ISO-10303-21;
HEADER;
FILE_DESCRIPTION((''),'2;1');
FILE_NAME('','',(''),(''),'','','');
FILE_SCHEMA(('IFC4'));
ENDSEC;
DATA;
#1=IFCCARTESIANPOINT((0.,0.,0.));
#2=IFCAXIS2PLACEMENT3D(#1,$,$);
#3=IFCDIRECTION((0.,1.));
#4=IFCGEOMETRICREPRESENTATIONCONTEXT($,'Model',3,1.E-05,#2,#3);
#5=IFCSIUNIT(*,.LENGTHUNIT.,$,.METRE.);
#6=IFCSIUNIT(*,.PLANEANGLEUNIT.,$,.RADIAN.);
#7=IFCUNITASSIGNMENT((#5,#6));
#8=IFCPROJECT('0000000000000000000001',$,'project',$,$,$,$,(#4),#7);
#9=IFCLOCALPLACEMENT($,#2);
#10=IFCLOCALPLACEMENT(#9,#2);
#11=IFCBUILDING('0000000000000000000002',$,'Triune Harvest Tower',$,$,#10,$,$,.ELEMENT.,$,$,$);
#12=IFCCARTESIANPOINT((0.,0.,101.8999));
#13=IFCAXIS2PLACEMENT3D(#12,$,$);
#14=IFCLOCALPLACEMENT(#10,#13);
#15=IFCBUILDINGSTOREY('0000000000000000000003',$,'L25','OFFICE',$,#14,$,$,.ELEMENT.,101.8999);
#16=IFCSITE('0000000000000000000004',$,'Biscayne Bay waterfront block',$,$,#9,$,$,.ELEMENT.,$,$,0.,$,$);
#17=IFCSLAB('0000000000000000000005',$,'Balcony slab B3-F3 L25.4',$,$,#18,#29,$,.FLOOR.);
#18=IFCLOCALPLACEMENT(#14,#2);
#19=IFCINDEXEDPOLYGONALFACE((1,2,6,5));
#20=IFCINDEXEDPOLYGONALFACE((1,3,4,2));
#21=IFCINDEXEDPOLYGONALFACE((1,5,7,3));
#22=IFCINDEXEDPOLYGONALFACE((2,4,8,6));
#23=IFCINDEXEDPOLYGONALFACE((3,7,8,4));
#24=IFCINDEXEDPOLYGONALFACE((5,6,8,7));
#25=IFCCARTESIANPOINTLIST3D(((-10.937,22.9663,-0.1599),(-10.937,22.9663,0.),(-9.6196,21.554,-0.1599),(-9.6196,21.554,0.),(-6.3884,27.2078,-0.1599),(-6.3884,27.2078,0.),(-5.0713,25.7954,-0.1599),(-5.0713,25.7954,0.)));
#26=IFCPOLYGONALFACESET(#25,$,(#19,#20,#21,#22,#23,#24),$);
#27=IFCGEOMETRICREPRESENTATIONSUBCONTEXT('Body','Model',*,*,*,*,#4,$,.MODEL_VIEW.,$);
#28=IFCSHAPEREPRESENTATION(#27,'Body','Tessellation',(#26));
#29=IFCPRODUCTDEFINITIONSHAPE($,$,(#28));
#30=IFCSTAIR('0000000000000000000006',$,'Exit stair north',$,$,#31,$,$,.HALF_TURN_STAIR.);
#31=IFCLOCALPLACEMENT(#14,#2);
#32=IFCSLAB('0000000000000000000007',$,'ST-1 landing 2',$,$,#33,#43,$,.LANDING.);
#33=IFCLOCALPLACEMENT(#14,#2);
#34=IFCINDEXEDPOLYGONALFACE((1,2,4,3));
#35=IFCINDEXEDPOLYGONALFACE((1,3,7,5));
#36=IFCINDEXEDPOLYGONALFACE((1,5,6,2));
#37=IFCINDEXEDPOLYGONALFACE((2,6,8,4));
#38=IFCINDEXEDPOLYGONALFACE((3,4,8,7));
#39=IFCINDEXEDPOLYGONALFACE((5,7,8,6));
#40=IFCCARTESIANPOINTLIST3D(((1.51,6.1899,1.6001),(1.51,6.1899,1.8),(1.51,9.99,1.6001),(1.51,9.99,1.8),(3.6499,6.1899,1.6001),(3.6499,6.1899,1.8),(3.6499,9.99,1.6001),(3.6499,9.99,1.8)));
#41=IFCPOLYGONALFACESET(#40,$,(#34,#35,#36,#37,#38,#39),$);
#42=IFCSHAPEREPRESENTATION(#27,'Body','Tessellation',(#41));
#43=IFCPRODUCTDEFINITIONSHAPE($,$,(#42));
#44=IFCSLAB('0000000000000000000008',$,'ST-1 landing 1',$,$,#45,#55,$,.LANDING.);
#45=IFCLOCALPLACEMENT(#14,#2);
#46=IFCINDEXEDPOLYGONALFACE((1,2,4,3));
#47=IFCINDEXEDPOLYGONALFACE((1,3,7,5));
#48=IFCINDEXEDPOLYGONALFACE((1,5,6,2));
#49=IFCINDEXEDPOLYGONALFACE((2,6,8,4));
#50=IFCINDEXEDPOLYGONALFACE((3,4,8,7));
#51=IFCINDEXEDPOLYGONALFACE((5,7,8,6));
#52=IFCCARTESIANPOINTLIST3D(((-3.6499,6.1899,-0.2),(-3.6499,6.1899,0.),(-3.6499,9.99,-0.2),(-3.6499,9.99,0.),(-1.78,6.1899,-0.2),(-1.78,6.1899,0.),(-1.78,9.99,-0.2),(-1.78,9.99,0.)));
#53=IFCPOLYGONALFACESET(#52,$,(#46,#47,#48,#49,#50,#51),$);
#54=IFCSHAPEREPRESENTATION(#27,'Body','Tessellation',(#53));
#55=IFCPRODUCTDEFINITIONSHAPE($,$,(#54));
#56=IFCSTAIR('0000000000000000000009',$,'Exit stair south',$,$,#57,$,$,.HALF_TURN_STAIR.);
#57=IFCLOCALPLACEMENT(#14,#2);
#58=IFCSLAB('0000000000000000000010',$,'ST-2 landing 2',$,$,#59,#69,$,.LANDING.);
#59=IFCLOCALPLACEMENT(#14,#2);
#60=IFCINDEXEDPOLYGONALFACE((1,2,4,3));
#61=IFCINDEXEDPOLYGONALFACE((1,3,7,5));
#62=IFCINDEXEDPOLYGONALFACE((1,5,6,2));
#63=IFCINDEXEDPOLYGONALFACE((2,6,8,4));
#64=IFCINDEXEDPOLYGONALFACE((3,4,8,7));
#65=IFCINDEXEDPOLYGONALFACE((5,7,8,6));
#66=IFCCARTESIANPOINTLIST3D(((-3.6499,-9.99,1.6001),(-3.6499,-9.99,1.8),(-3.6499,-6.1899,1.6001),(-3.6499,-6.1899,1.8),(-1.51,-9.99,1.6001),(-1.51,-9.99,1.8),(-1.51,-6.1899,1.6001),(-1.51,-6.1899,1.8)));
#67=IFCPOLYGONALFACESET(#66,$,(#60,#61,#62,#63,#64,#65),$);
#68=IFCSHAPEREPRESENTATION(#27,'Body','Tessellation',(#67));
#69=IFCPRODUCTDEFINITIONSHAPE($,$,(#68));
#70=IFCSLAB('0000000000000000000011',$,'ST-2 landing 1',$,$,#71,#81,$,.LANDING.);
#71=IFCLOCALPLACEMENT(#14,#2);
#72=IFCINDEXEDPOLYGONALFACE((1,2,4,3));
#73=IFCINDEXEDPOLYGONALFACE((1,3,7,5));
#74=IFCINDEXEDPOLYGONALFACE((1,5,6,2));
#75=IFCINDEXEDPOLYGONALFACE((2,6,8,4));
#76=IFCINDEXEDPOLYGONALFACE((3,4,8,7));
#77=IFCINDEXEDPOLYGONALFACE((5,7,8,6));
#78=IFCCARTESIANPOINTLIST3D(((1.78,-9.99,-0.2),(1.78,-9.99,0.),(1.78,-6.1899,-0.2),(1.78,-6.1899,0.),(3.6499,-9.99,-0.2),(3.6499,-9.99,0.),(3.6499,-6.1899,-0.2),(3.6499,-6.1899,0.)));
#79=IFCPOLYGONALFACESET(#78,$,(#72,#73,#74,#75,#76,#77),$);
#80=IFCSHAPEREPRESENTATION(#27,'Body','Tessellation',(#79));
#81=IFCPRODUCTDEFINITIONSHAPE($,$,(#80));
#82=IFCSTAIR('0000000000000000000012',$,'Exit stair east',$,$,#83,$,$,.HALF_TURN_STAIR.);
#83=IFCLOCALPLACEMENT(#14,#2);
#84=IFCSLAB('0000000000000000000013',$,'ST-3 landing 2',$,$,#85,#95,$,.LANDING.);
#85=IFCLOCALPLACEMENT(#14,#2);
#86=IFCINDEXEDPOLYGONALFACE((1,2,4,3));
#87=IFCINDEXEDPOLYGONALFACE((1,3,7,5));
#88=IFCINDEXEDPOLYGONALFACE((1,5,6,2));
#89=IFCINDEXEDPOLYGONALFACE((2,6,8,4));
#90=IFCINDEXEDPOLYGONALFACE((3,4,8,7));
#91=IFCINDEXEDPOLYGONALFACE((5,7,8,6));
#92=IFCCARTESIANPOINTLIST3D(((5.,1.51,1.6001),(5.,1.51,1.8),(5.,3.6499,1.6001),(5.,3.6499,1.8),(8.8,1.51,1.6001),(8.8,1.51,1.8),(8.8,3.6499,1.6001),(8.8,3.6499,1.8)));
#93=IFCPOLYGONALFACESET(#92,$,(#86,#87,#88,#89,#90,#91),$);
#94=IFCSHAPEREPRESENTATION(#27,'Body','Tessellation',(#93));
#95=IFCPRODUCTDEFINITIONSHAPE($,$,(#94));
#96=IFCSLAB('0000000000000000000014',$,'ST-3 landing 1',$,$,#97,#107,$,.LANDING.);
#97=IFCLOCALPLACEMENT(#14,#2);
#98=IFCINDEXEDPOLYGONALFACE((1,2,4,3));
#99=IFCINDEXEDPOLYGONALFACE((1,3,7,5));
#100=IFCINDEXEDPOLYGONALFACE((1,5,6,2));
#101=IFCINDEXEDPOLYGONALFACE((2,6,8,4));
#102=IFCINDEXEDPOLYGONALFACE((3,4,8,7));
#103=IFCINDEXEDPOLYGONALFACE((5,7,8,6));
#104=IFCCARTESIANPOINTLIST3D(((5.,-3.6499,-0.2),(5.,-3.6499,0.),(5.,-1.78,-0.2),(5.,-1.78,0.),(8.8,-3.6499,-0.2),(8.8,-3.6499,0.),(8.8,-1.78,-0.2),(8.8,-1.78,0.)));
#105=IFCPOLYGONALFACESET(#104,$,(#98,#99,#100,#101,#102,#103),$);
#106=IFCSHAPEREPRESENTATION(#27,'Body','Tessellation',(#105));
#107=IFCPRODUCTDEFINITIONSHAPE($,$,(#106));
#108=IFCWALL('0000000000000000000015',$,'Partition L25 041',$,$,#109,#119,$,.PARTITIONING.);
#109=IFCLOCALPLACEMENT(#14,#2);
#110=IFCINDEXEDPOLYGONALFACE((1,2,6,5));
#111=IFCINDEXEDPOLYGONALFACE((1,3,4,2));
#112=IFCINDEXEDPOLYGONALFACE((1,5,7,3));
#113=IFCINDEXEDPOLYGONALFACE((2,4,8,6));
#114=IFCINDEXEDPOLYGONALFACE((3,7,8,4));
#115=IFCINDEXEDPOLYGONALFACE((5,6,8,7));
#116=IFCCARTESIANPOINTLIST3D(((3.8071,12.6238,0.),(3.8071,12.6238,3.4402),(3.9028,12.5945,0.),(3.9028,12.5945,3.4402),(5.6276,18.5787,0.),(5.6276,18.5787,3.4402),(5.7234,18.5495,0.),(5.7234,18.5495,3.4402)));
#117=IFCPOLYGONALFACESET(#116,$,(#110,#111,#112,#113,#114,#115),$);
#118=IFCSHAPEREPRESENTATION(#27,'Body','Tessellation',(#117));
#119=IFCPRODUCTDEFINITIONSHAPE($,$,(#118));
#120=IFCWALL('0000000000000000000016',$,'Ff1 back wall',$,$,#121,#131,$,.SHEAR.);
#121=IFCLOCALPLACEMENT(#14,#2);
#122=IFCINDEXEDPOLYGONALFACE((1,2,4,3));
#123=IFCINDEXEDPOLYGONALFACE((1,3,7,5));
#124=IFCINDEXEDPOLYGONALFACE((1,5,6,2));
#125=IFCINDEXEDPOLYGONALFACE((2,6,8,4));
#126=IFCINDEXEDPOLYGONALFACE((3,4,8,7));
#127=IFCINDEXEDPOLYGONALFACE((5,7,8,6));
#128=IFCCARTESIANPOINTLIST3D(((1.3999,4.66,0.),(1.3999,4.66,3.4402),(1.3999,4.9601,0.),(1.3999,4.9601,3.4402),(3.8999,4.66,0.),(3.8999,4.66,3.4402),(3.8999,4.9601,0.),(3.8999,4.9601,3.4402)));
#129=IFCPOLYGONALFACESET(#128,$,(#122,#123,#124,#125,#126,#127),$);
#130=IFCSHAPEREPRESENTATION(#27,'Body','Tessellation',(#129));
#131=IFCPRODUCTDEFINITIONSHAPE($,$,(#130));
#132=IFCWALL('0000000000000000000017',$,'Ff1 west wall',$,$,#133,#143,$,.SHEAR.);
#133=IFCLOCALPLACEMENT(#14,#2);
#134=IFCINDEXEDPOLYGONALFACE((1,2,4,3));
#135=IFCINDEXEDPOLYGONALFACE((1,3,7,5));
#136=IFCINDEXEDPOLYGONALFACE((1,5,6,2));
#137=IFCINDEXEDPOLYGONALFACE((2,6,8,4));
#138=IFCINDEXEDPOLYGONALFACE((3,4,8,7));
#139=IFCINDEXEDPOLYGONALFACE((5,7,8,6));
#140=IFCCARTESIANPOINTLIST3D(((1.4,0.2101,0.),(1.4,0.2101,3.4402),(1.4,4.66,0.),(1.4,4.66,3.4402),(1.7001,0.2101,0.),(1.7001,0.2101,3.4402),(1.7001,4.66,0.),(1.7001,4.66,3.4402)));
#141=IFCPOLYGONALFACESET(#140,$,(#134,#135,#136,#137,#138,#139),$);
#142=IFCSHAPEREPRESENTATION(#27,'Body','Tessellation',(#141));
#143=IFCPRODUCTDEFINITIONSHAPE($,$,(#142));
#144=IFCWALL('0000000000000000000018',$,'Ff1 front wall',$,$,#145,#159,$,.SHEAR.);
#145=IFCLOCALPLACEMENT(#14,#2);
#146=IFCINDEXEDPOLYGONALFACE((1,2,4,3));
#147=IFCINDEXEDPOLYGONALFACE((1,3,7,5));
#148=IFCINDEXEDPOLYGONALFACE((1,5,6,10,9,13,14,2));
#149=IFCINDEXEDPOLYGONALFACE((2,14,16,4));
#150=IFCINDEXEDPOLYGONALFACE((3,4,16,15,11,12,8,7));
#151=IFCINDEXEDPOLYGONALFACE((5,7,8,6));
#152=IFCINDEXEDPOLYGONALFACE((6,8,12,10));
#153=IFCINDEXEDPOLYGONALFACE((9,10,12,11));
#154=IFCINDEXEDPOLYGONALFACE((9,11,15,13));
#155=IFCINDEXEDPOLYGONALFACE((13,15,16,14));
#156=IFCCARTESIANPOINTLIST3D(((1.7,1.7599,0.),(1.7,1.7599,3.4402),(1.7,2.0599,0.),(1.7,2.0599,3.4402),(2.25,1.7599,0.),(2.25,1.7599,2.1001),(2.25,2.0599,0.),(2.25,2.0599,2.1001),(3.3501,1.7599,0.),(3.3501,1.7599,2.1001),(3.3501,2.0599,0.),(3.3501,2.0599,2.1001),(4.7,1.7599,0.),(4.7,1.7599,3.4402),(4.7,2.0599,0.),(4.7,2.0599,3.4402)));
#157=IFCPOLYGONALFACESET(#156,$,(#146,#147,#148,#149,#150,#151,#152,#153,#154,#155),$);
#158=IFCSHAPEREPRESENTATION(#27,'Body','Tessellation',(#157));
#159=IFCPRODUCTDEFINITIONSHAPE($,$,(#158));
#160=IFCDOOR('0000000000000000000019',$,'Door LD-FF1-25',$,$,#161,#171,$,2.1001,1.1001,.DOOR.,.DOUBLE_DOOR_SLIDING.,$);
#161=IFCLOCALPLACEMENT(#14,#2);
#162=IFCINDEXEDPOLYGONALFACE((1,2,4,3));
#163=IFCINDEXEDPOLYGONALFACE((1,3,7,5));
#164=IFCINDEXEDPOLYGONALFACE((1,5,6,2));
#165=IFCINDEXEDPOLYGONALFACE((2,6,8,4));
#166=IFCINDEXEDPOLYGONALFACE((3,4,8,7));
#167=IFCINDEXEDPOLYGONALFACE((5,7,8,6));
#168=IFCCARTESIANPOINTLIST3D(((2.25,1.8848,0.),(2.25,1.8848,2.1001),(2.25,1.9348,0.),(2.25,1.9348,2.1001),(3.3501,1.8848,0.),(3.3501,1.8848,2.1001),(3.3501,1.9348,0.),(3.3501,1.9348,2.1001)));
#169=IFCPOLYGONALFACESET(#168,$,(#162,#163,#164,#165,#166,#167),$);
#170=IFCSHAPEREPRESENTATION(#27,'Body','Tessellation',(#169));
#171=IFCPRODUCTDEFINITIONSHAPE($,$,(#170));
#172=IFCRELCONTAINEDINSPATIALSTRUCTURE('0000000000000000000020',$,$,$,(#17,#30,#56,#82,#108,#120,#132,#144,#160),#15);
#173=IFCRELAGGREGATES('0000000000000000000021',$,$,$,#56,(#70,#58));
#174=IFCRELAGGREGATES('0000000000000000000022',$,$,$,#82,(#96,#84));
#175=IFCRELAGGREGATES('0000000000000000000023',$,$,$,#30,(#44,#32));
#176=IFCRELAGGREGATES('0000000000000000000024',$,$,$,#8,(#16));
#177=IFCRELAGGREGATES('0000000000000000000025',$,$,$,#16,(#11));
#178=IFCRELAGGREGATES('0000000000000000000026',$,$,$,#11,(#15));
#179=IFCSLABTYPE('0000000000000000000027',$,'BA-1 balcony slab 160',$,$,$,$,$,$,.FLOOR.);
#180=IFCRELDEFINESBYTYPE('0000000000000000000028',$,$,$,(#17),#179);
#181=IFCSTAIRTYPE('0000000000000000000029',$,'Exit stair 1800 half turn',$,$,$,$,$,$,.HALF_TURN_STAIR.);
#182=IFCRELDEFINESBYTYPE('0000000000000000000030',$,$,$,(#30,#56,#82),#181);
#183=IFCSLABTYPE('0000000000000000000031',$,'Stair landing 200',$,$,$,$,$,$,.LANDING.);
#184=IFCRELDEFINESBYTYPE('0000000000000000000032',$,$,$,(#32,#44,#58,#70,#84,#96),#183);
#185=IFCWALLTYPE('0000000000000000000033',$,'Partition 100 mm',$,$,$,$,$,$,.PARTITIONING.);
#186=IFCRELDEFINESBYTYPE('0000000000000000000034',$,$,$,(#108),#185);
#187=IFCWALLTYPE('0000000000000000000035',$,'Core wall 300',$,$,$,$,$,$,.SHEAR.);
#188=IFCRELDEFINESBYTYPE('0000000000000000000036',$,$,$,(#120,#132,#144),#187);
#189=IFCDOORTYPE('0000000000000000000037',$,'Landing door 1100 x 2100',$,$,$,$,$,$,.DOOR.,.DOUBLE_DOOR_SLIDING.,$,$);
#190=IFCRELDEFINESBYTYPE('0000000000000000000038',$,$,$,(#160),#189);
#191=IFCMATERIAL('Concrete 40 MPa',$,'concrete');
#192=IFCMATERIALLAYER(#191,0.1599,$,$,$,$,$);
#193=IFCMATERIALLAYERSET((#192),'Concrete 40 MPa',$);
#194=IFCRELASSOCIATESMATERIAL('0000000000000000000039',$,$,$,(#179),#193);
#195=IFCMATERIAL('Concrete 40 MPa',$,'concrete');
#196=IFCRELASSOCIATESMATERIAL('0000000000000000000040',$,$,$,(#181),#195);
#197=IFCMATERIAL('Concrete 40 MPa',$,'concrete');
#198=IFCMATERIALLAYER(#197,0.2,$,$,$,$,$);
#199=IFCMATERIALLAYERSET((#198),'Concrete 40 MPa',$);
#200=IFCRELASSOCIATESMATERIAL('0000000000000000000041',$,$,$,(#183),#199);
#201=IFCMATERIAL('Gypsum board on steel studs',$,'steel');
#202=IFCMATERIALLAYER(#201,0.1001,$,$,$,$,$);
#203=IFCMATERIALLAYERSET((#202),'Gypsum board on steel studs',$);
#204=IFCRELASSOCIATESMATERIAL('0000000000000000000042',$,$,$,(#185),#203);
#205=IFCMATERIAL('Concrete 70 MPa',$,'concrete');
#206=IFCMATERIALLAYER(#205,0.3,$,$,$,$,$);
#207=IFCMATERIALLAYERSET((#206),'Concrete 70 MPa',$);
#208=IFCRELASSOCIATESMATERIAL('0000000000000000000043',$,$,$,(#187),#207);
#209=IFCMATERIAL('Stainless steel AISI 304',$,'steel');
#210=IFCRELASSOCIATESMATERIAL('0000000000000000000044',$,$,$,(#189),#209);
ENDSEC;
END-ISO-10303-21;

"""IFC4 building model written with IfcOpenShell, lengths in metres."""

from ifc_helpers import new_model, si_unit, direction, frame, frame_2d, origin, place, context, subcontext, project, spatial, polyline, rectangle, outline, extrude, source, transform, mapped, material, layer, layer_set, type_object, element, fill, aggregate, save


model = new_model("IFC4")

# Units and contexts
model_context = context("Model", 3, precision=1e-05, world=origin(), true_north=direction((0.0, 1.0)))
body_context = subcontext(model_context, "Body", "Model", "MODEL_VIEW")
ifc_project = project(units=[si_unit("LENGTHUNIT", "METRE"), si_unit("PLANEANGLEUNIT", "RADIAN")], contexts=[model_context])

# Site, building, storey
site_placement = place(None, origin())
site = spatial("IfcSite", under=ifc_project, at=site_placement, Name="Biscayne Bay waterfront block", CompositionType="ELEMENT", RefElevation=0.0)
building_placement = place(site_placement, origin())
building = spatial("IfcBuilding", under=site, at=building_placement, Name="Triune Harvest Tower", CompositionType="ELEMENT")
storey_placement = place(building_placement, frame((0.0, 0.0, 101.8999)))
storey = spatial("IfcBuildingStorey", under=building, at=storey_placement, Name="L25", Description="OFFICE", CompositionType="ELEMENT", Elevation=101.8999)

# Slab
ifc_material_1 = material(Name="Concrete 40 MPa", Category="concrete")
ifc_layer_1 = layer(ifc_material_1, 0.1599)
ifc_layer_set_1 = layer_set([ifc_layer_1], Name="Concrete 40 MPa")
slab_type_1 = type_object("IfcSlabType", Name="BA-1 balcony slab 160", PredefinedType="FLOOR", material=ifc_layer_set_1)
slab_1_placement = place(storey_placement, frame((0.0, 0.0, -0.1599)))
element("IfcSlab", 1, at=slab_1_placement, inside=storey, type_object=slab_type_1, Name="Balcony slab B3-F3 L25.4", PredefinedType="FLOOR", context=body_context, shape_type="SweptSolid", body=[
    extrude(outline(polyline([(-5.0713, 25.7954), (-9.6196, 21.554), (-10.937, 22.9663), (-6.3884, 27.2078), (-5.0713, 25.7954)])), origin(), (0.0, 0.0, 1.0), 0.1599),
])

# Stairs, slabs
ifc_material_2 = material(Name="Concrete 40 MPa", Category="concrete")
stair_type = type_object("IfcStairType", Name="Exit stair 1800 half turn", PredefinedType="HALF_TURN_STAIR", material=ifc_material_2)
stair_1_placement = place(storey_placement, origin())
stair_1 = element("IfcStair", 2, at=stair_1_placement, inside=storey, type_object=stair_type, Name="Exit stair north", PredefinedType="HALF_TURN_STAIR")
ifc_material_3 = material(Name="Concrete 40 MPa", Category="concrete")
ifc_layer_2 = layer(ifc_material_3, 0.2)
ifc_layer_set_2 = layer_set([ifc_layer_2], Name="Concrete 40 MPa")
slab_type_2 = type_object("IfcSlabType", Name="Stair landing 200", PredefinedType="LANDING", material=ifc_layer_set_2)
shared_shape_1 = source(origin(), body_context, "Body", "SweptSolid", [
    extrude(outline(polyline([(1.51, 6.1899), (3.6499, 6.1899), (3.6499, 9.99), (1.51, 9.99), (1.51, 6.1899)])), origin(), (0.0, 0.0, 1.0), 0.2),
])
slab_2_placement = place(storey_placement, frame((0.0, 0.0, 1.6001)))
slab_2 = element("IfcSlab", 3, at=slab_2_placement, type_object=slab_type_2, Name="ST-1 landing 2", PredefinedType="LANDING", context=body_context, shape_type="MappedRepresentation", body=[
    mapped(shared_shape_1, transform((0.0, 0.0, 0.0), scale=1.0)),
])
shared_shape_2 = source(origin(), body_context, "Body", "SweptSolid", [
    extrude(outline(polyline([(-3.6499, 6.1899), (-1.78, 6.1899), (-1.78, 9.99), (-3.6499, 9.99), (-3.6499, 6.1899)])), origin(), (0.0, 0.0, 1.0), 0.2),
])
slab_3_placement = place(storey_placement, frame((0.0, 0.0, -0.2)))
slab_3 = element("IfcSlab", 4, at=slab_3_placement, type_object=slab_type_2, Name="ST-1 landing 1", PredefinedType="LANDING", context=body_context, shape_type="MappedRepresentation", body=[
    mapped(shared_shape_2, transform((0.0, 0.0, 0.0), scale=1.0)),
])
stair_2_placement = place(storey_placement, origin())
stair_2 = element("IfcStair", 5, at=stair_2_placement, inside=storey, type_object=stair_type, Name="Exit stair south", PredefinedType="HALF_TURN_STAIR")
shared_shape_3 = source(origin(), body_context, "Body", "SweptSolid", [
    extrude(outline(polyline([(-1.51, -6.1899), (-3.6499, -6.1899), (-3.6499, -9.99), (-1.51, -9.99), (-1.51, -6.1899)])), origin(), (0.0, 0.0, 1.0), 0.2),
])
slab_4_placement = place(storey_placement, frame((0.0, 0.0, 1.6001)))
slab_4 = element("IfcSlab", 6, at=slab_4_placement, type_object=slab_type_2, Name="ST-2 landing 2", PredefinedType="LANDING", context=body_context, shape_type="MappedRepresentation", body=[
    mapped(shared_shape_3, transform((0.0, 0.0, 0.0), scale=1.0)),
])
shared_shape_4 = source(origin(), body_context, "Body", "SweptSolid", [
    extrude(outline(polyline([(3.6499, -6.1899), (1.78, -6.1899), (1.78, -9.99), (3.6499, -9.99), (3.6499, -6.1899)])), origin(), (0.0, 0.0, 1.0), 0.2),
])
slab_5_placement = place(storey_placement, frame((0.0, 0.0, -0.2)))
slab_5 = element("IfcSlab", 7, at=slab_5_placement, type_object=slab_type_2, Name="ST-2 landing 1", PredefinedType="LANDING", context=body_context, shape_type="MappedRepresentation", body=[
    mapped(shared_shape_4, transform((0.0, 0.0, 0.0), scale=1.0)),
])
aggregate(stair_2, [slab_5, slab_4])
stair_3_placement = place(storey_placement, origin())
stair_3 = element("IfcStair", 8, at=stair_3_placement, inside=storey, type_object=stair_type, Name="Exit stair east", PredefinedType="HALF_TURN_STAIR")
shared_shape_5 = source(origin(), body_context, "Body", "SweptSolid", [
    extrude(outline(polyline([(8.8, 1.51), (8.8, 3.6499), (5.0, 3.6499), (5.0, 1.51), (8.8, 1.51)])), origin(), (0.0, 0.0, 1.0), 0.2),
])
slab_6_placement = place(storey_placement, frame((0.0, 0.0, 1.6001)))
slab_6 = element("IfcSlab", 9, at=slab_6_placement, type_object=slab_type_2, Name="ST-3 landing 2", PredefinedType="LANDING", context=body_context, shape_type="MappedRepresentation", body=[
    mapped(shared_shape_5, transform((0.0, 0.0, 0.0), scale=1.0)),
])
shared_shape_6 = source(origin(), body_context, "Body", "SweptSolid", [
    extrude(outline(polyline([(8.8, -3.6499), (8.8, -1.78), (5.0, -1.78), (5.0, -3.6499), (8.8, -3.6499)])), origin(), (0.0, 0.0, 1.0), 0.2),
])
slab_7_placement = place(storey_placement, frame((0.0, 0.0, -0.2)))
slab_7 = element("IfcSlab", 10, at=slab_7_placement, type_object=slab_type_2, Name="ST-3 landing 1", PredefinedType="LANDING", context=body_context, shape_type="MappedRepresentation", body=[
    mapped(shared_shape_6, transform((0.0, 0.0, 0.0), scale=1.0)),
])
aggregate(stair_3, [slab_7, slab_6])

# Walls
ifc_material_4 = material(Name="Gypsum board on steel studs", Category="steel")
ifc_layer_3 = layer(ifc_material_4, 0.1001)
ifc_layer_set_3 = layer_set([ifc_layer_3], Name="Gypsum board on steel studs")
wall_type_1 = type_object("IfcWallType", Name="Partition 100 mm", PredefinedType="PARTITIONING", material=ifc_layer_set_3)
wall_1_placement = place(storey_placement, frame((3.855, 12.6091, 0.0), z_axis=(0.0, 0.0, 1.0), x_axis=(0.292358, 0.956309, 0.0)))
element("IfcWall", 11, at=wall_1_placement, inside=storey, type_object=wall_type_1, Name="Partition L25 041", PredefinedType="PARTITIONING", context=body_context, shape_type="SweptSolid", body=[
    extrude(rectangle(XDim=6.2271, YDim=0.1001, at=frame_2d((3.1135, 0.0))), origin(), (0.0, 0.0, 1.0), 3.4402),
])
ifc_material_5 = material(Name="Concrete 70 MPa", Category="concrete")
ifc_layer_4 = layer(ifc_material_5, 0.3)
ifc_layer_set_4 = layer_set([ifc_layer_4], Name="Concrete 70 MPa")
wall_type_2 = type_object("IfcWallType", Name="Core wall 300", PredefinedType="SHEAR", material=ifc_layer_set_4)
shared_shape_7 = source(origin(), body_context, "Body", "SweptSolid", [
    extrude(rectangle(XDim=2.5, YDim=0.3, at=frame_2d((1.25, 0.0))), origin(), (0.0, 0.0, 1.0), 3.4402),
])
wall_2_placement = place(storey_placement, frame((1.3999, 4.8101, 0.0), z_axis=(0.0, 0.0, 1.0), x_axis=(1.0, 0.0, 0.0)))
element("IfcWall", 12, at=wall_2_placement, inside=storey, type_object=wall_type_2, Name="Ff1 back wall", PredefinedType="SHEAR", context=body_context, shape_type="MappedRepresentation", body=[
    mapped(shared_shape_7, transform((0.0, 0.0, 0.0), scale=1.0)),
])
shared_shape_8 = source(origin(), body_context, "Body", "SweptSolid", [
    extrude(rectangle(XDim=4.45, YDim=0.3, at=frame_2d((2.2251, 0.0))), origin(), (0.0, 0.0, 1.0), 3.4402),
])
wall_3_placement = place(storey_placement, frame((1.55, 0.21, 0.0), z_axis=(0.0, 0.0, 1.0), x_axis=(0.0, 1.0, 0.0)))
element("IfcWall", 13, at=wall_3_placement, inside=storey, type_object=wall_type_2, Name="Ff1 west wall", PredefinedType="SHEAR", context=body_context, shape_type="MappedRepresentation", body=[
    mapped(shared_shape_8, transform((0.0, 0.0, 0.0), scale=1.0)),
])

# Wall, opening, door
shared_shape_9 = source(origin(), body_context, "Body", "SweptSolid", [
    extrude(rectangle(XDim=3.0, YDim=0.3, at=frame_2d((1.5, 0.0))), origin(), (0.0, 0.0, 1.0), 3.4402),
])
wall_4_placement = place(storey_placement, frame((1.7, 1.9099, 0.0), z_axis=(0.0, 0.0, 1.0), x_axis=(1.0, 0.0, 0.0)))
wall_4 = element("IfcWall", 14, at=wall_4_placement, inside=storey, type_object=wall_type_2, Name="Ff1 front wall", PredefinedType="SHEAR", context=body_context, shape_type="MappedRepresentation", body=[
    mapped(shared_shape_9, transform((0.0, 0.0, 0.0), scale=1.0)),
])
opening_1_placement = place(wall_4_placement, frame((0.55, 0.0, 0.0)))
opening_1 = element("IfcOpeningElement", 15, at=opening_1_placement, cuts=wall_4, PredefinedType="OPENING", context=body_context, shape_type="SweptSolid", body=[
    extrude(rectangle(XDim=1.1001, YDim=2.1001, at=frame_2d((0.55, 1.05))), frame((0.0, 0.1602, 0.0), z_axis=(0.0, -1.0, 0.0), x_axis=(1.0, 0.0, 0.0)), (0.0, 0.0, 1.0), 0.3201),
])
ifc_material_6 = material(Name="Stainless steel AISI 304", Category="steel")
door_type_1 = type_object("IfcDoorType", Name="Landing door 1100 x 2100", OperationType="DOUBLE_DOOR_SLIDING", PredefinedType="DOOR", material=ifc_material_6)
door_1_placement = place(opening_1_placement, origin())
door_1 = element("IfcDoor", 16, at=door_1_placement, inside=storey, type_object=door_type_1, Name="Door LD-FF1-25", OperationType="DOUBLE_DOOR_SLIDING", OverallHeight=2.1001, OverallWidth=1.1001, PredefinedType="DOOR", context=body_context, shape_type="SweptSolid", body=[
    extrude(rectangle(XDim=1.1001, YDim=2.1001, at=frame_2d((0.55, 1.05))), frame((0.0, 0.0249, 0.0), z_axis=(0.0, -1.0, 0.0), x_axis=(1.0, 0.0, 0.0)), (0.0, 0.0, 1.0), 0.05),
])
fill(opening_1, door_1)

aggregate(stair_1, [slab_3, slab_2])

save(model, "model.ifc")
